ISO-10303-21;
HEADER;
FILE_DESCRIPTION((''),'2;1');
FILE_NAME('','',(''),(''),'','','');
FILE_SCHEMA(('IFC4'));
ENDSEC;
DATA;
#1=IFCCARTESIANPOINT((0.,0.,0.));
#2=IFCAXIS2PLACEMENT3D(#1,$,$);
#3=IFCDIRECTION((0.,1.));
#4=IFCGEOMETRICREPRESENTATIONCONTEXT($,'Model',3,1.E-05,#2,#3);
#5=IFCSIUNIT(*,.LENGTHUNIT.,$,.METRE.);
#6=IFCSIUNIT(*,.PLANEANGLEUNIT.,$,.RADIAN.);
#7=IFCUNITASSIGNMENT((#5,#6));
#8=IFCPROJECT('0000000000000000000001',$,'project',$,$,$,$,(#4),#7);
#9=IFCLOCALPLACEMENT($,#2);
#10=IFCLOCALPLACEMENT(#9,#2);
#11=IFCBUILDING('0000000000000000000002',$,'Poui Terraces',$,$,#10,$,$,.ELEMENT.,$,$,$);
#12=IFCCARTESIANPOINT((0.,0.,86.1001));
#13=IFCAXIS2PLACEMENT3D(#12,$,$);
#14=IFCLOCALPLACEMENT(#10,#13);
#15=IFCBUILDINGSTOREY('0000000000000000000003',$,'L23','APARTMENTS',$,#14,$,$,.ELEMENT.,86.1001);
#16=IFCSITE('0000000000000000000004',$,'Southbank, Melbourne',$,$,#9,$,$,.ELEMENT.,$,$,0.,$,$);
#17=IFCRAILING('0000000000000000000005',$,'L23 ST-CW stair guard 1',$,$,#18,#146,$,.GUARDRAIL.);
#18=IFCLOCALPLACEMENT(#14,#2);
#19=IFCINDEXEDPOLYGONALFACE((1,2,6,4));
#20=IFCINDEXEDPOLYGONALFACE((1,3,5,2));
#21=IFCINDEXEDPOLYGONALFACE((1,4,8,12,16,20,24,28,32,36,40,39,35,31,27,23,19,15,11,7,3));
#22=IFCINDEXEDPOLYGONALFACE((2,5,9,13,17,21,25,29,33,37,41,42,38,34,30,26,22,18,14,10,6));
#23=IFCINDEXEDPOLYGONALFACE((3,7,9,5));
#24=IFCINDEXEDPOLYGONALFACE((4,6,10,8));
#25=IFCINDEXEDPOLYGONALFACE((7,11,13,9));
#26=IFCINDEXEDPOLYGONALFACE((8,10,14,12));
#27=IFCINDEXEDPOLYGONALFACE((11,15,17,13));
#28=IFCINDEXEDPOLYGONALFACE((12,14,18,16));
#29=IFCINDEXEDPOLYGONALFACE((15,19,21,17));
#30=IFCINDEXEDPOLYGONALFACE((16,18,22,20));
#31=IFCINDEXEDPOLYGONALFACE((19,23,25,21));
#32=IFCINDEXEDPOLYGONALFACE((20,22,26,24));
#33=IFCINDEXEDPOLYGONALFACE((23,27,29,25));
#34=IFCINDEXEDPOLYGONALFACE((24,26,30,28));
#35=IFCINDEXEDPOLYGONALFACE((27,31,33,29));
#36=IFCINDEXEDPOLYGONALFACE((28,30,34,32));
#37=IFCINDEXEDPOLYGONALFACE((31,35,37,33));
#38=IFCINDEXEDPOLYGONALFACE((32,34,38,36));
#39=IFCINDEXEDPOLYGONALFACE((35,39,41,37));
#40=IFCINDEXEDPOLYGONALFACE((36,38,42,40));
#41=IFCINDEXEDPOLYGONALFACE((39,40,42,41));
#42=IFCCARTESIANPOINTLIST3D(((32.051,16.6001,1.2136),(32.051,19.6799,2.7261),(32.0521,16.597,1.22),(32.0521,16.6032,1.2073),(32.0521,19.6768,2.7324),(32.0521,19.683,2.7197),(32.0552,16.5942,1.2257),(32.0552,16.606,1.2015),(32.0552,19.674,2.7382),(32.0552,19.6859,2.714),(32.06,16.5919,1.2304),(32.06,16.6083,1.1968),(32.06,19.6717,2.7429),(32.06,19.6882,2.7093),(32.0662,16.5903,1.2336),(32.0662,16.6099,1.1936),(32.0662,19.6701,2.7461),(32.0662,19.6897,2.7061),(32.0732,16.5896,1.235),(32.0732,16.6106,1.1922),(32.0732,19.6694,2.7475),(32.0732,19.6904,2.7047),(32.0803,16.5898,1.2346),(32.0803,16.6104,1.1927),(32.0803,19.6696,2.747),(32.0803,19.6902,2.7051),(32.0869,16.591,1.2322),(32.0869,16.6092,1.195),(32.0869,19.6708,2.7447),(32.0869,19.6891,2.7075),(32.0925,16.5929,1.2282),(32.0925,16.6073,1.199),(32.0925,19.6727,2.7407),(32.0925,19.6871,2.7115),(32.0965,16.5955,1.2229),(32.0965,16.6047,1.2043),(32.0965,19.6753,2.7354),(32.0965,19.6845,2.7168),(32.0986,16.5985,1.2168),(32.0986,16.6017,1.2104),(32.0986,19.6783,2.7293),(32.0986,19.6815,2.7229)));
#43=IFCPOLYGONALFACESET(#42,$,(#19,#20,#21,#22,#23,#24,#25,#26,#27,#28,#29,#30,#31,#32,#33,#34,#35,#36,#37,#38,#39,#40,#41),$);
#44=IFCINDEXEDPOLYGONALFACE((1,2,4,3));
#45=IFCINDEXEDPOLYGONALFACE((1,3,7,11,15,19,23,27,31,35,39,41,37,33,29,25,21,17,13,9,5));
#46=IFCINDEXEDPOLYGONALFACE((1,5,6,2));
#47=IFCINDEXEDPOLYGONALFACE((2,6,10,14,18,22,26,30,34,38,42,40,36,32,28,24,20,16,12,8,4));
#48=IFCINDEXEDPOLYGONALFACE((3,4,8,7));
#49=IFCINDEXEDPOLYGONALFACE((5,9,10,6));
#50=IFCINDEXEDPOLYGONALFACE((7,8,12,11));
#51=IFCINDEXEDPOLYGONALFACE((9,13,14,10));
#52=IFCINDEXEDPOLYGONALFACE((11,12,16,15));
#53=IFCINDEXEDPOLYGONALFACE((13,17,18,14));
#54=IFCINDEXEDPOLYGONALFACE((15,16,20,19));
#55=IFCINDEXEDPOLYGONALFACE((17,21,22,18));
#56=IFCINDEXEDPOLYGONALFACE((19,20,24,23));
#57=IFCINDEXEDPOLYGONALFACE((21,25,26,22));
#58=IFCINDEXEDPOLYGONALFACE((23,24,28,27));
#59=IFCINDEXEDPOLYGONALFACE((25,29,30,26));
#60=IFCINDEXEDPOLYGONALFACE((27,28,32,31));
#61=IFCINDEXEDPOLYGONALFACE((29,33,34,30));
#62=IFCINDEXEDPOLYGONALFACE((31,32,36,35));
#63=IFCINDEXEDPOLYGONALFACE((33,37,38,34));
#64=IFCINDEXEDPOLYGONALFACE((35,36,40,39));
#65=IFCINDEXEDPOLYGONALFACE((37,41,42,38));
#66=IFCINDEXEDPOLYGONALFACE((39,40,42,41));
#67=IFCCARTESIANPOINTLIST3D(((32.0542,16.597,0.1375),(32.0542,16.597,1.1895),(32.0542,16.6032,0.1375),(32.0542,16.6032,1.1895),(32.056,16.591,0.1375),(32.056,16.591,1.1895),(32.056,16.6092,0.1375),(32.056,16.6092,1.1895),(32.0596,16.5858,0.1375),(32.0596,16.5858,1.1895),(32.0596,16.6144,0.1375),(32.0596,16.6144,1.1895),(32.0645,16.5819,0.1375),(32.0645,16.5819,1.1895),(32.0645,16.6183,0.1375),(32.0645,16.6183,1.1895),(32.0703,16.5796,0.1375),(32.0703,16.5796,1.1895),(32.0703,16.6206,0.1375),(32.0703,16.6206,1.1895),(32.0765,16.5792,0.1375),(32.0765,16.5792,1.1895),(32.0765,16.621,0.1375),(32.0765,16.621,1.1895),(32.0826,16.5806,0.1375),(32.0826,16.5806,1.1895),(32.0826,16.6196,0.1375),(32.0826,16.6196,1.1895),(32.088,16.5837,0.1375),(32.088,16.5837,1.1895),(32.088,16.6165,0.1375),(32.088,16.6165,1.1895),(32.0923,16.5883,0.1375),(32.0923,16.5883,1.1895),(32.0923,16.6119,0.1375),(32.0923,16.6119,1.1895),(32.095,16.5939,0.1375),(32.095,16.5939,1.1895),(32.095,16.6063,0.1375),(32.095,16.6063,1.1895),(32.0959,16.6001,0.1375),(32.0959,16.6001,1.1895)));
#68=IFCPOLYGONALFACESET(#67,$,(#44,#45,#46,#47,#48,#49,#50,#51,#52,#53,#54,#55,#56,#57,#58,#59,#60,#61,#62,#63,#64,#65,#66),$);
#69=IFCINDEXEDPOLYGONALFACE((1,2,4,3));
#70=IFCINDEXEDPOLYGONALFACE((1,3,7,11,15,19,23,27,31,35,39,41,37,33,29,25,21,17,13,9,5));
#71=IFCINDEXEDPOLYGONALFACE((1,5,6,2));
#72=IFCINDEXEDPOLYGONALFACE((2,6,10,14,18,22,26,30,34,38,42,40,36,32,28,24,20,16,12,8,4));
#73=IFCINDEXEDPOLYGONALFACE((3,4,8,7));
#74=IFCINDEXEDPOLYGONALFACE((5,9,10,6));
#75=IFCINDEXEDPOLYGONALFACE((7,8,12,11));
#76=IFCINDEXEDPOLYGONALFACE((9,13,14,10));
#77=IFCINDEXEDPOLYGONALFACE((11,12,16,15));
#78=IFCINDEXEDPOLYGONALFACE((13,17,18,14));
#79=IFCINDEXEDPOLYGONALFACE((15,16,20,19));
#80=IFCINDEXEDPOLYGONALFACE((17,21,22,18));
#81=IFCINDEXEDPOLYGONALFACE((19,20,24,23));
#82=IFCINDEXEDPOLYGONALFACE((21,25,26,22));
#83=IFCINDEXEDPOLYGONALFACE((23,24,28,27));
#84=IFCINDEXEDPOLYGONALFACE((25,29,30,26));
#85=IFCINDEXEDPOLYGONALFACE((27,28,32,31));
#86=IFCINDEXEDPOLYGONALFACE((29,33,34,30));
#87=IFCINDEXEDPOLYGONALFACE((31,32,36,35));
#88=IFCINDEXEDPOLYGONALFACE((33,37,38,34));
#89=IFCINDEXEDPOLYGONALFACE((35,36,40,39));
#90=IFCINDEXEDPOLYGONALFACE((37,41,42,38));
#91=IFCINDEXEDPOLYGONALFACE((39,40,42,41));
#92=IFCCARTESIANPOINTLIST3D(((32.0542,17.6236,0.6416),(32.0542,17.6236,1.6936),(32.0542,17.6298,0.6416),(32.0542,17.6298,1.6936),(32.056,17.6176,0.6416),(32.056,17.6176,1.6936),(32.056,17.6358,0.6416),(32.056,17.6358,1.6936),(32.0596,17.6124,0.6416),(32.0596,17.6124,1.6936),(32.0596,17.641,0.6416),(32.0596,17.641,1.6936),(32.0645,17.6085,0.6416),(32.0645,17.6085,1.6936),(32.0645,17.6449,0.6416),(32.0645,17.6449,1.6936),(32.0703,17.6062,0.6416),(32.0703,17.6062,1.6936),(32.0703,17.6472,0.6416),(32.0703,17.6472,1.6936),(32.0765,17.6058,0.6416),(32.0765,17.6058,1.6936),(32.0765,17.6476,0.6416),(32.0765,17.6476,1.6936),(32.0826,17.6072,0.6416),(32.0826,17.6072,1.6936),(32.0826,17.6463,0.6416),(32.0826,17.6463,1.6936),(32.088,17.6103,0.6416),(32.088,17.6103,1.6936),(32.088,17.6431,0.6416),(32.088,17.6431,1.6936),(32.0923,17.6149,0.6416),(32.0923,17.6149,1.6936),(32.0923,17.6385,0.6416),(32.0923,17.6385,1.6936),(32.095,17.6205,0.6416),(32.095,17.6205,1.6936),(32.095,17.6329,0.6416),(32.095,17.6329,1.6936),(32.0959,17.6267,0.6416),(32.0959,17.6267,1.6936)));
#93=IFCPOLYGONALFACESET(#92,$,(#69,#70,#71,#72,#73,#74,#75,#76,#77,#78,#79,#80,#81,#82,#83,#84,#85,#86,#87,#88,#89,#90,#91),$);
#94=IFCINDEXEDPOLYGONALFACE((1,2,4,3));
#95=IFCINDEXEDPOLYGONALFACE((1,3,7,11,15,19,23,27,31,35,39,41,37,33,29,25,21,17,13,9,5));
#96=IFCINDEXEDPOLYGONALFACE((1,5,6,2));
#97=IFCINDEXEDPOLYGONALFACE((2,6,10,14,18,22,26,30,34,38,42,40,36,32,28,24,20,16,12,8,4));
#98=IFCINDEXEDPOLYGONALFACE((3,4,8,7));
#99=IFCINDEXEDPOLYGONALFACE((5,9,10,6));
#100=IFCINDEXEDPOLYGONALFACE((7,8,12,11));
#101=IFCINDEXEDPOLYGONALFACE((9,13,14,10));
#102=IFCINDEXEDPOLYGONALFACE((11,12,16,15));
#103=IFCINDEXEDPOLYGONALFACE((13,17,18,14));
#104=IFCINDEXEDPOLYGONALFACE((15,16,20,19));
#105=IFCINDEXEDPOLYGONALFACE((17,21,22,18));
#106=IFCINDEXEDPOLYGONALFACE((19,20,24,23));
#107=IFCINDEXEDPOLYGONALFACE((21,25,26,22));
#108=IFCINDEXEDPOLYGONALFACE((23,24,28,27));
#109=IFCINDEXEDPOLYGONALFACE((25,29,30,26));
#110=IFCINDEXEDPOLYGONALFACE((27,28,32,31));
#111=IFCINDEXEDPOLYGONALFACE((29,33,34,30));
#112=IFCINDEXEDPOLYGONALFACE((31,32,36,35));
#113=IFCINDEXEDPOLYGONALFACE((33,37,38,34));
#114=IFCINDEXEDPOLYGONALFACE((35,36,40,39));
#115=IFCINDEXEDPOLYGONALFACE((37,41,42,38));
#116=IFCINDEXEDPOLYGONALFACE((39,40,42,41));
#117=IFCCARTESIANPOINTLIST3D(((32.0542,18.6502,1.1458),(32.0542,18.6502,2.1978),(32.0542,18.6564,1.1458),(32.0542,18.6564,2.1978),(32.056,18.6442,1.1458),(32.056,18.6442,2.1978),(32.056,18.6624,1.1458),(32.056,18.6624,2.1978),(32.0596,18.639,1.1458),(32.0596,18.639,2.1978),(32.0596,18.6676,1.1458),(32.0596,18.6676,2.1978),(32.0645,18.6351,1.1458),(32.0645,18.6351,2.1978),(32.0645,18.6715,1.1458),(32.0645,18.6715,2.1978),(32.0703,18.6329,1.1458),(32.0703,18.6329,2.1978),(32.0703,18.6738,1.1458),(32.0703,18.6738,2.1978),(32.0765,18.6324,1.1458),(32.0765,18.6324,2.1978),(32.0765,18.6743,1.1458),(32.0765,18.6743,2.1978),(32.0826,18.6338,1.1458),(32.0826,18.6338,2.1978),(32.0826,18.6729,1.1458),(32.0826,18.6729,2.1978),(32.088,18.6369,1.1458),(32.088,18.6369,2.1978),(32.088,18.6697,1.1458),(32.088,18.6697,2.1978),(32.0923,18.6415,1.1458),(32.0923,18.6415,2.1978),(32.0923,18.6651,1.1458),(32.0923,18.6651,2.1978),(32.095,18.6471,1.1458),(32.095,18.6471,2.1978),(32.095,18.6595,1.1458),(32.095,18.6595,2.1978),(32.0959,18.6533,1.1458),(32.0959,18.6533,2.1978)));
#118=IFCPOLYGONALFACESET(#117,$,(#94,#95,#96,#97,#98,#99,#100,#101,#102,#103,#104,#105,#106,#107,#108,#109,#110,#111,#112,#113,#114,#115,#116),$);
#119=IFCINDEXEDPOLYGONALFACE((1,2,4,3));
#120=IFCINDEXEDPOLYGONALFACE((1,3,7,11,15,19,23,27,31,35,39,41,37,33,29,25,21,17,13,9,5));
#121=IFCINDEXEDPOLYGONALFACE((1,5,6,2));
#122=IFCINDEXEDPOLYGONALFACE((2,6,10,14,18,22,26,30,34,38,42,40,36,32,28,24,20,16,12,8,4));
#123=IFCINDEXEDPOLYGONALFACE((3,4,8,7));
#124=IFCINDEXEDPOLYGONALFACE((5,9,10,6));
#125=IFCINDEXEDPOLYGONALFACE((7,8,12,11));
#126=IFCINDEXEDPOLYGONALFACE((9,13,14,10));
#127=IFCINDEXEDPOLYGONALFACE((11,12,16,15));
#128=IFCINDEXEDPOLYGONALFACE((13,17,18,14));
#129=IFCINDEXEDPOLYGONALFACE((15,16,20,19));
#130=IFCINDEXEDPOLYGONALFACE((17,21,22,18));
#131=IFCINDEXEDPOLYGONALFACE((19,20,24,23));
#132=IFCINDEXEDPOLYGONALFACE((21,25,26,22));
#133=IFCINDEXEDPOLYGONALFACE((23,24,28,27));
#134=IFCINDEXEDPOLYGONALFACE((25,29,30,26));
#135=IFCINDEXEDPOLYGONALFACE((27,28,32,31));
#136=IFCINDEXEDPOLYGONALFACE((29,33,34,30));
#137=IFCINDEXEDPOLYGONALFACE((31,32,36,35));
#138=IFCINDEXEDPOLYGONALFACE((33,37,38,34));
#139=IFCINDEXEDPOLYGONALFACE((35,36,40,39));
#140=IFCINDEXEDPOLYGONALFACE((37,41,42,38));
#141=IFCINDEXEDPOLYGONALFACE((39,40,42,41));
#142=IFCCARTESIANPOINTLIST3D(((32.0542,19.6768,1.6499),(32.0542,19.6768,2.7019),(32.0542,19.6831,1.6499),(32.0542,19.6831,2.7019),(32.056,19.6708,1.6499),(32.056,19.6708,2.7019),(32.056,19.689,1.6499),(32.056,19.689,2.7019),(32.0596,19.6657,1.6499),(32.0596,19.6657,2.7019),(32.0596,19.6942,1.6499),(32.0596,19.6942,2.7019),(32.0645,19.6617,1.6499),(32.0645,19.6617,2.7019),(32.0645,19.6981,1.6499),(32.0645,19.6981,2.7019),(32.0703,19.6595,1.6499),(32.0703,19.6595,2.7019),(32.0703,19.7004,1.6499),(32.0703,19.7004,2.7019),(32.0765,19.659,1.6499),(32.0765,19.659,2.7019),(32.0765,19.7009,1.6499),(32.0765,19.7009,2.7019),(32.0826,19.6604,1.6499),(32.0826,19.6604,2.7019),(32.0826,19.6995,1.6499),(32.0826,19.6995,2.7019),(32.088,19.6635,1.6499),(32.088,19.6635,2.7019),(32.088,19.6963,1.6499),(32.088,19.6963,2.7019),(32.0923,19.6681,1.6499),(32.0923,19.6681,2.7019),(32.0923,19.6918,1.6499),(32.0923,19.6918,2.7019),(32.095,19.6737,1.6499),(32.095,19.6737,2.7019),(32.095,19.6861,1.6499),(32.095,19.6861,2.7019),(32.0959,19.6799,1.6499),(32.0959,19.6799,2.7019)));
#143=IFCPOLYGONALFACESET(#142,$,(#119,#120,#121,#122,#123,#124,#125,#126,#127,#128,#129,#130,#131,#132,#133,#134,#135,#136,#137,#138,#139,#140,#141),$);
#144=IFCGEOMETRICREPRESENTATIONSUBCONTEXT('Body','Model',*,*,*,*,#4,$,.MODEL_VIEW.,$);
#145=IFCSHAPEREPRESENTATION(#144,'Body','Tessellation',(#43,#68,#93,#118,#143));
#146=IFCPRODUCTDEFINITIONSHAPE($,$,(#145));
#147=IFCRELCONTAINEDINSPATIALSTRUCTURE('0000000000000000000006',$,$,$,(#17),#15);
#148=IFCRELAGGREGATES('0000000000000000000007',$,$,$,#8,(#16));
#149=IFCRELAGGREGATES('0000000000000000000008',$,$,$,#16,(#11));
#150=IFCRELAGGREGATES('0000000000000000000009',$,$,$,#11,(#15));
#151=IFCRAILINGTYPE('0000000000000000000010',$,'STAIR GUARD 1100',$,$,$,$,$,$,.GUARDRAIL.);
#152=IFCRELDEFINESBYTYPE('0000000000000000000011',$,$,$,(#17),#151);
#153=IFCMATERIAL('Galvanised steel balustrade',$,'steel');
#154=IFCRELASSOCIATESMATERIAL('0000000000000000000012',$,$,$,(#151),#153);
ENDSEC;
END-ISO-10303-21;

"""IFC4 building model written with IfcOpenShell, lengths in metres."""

from ifc_helpers import new_model, si_unit, direction, frame, origin, origin_2d, place, context, subcontext, project, spatial, circle, extrude, material, type_object, element, save


model = new_model("IFC4")

# Units and contexts
model_context = context("Model", 3, precision=1e-05, world=origin(), true_north=direction((0.0, 1.0)))
body_context = subcontext(model_context, "Body", "Model", "MODEL_VIEW")
ifc_project = project(units=[si_unit("LENGTHUNIT", "METRE"), si_unit("PLANEANGLEUNIT", "RADIAN")], contexts=[model_context])

# Site, building, storey
site_placement = place(None, origin())
site = spatial("IfcSite", under=ifc_project, at=site_placement, Name="Southbank, Melbourne", CompositionType="ELEMENT", RefElevation=0.0)
building_placement = place(site_placement, origin())
building = spatial("IfcBuilding", under=site, at=building_placement, Name="Poui Terraces", CompositionType="ELEMENT")
storey_placement = place(building_placement, frame((0.0, 0.0, 86.1001)))
storey = spatial("IfcBuildingStorey", under=building, at=storey_placement, Name="L23", Description="APARTMENTS", CompositionType="ELEMENT", Elevation=86.1001)

# Railing
ifc_material_1 = material(Name="Galvanised steel balustrade", Category="steel")
railing_type_1 = type_object("IfcRailingType", Name="STAIR GUARD 1100", PredefinedType="GUARDRAIL", material=ifc_material_1)
railing_1_placement = place(storey_placement, frame((32.075, 16.6001, 0.1375)))
element("IfcRailing", 1, at=railing_1_placement, inside=storey, type_object=railing_type_1, Name="L23 ST-CW stair guard 1", PredefinedType="GUARDRAIL", context=body_context, shape_type="SweptSolid", body=[
    extrude(circle(Radius=0.0239, at=origin_2d()), frame((0.0, 0.0, 1.0762), z_axis=(0.0, 0.897606, 0.440798), x_axis=(-1.0, 0.0, 0.0)), (0.0, 0.0, 1.0), 3.4312),
    extrude(circle(Radius=0.021, at=origin_2d()), origin(), (0.0, 0.0, 1.0), 1.052),
    extrude(circle(Radius=0.021, at=origin_2d()), frame((0.0, 1.0266, 0.5042)), (0.0, 0.0, 1.0), 1.052),
    extrude(circle(Radius=0.021, at=origin_2d()), frame((0.0, 2.0532, 1.0083)), (0.0, 0.0, 1.0), 1.052),
    extrude(circle(Radius=0.021, at=origin_2d()), frame((0.0, 3.0798, 1.5125)), (0.0, 0.0, 1.0), 1.052),
])

save(model, "model.ifc")
